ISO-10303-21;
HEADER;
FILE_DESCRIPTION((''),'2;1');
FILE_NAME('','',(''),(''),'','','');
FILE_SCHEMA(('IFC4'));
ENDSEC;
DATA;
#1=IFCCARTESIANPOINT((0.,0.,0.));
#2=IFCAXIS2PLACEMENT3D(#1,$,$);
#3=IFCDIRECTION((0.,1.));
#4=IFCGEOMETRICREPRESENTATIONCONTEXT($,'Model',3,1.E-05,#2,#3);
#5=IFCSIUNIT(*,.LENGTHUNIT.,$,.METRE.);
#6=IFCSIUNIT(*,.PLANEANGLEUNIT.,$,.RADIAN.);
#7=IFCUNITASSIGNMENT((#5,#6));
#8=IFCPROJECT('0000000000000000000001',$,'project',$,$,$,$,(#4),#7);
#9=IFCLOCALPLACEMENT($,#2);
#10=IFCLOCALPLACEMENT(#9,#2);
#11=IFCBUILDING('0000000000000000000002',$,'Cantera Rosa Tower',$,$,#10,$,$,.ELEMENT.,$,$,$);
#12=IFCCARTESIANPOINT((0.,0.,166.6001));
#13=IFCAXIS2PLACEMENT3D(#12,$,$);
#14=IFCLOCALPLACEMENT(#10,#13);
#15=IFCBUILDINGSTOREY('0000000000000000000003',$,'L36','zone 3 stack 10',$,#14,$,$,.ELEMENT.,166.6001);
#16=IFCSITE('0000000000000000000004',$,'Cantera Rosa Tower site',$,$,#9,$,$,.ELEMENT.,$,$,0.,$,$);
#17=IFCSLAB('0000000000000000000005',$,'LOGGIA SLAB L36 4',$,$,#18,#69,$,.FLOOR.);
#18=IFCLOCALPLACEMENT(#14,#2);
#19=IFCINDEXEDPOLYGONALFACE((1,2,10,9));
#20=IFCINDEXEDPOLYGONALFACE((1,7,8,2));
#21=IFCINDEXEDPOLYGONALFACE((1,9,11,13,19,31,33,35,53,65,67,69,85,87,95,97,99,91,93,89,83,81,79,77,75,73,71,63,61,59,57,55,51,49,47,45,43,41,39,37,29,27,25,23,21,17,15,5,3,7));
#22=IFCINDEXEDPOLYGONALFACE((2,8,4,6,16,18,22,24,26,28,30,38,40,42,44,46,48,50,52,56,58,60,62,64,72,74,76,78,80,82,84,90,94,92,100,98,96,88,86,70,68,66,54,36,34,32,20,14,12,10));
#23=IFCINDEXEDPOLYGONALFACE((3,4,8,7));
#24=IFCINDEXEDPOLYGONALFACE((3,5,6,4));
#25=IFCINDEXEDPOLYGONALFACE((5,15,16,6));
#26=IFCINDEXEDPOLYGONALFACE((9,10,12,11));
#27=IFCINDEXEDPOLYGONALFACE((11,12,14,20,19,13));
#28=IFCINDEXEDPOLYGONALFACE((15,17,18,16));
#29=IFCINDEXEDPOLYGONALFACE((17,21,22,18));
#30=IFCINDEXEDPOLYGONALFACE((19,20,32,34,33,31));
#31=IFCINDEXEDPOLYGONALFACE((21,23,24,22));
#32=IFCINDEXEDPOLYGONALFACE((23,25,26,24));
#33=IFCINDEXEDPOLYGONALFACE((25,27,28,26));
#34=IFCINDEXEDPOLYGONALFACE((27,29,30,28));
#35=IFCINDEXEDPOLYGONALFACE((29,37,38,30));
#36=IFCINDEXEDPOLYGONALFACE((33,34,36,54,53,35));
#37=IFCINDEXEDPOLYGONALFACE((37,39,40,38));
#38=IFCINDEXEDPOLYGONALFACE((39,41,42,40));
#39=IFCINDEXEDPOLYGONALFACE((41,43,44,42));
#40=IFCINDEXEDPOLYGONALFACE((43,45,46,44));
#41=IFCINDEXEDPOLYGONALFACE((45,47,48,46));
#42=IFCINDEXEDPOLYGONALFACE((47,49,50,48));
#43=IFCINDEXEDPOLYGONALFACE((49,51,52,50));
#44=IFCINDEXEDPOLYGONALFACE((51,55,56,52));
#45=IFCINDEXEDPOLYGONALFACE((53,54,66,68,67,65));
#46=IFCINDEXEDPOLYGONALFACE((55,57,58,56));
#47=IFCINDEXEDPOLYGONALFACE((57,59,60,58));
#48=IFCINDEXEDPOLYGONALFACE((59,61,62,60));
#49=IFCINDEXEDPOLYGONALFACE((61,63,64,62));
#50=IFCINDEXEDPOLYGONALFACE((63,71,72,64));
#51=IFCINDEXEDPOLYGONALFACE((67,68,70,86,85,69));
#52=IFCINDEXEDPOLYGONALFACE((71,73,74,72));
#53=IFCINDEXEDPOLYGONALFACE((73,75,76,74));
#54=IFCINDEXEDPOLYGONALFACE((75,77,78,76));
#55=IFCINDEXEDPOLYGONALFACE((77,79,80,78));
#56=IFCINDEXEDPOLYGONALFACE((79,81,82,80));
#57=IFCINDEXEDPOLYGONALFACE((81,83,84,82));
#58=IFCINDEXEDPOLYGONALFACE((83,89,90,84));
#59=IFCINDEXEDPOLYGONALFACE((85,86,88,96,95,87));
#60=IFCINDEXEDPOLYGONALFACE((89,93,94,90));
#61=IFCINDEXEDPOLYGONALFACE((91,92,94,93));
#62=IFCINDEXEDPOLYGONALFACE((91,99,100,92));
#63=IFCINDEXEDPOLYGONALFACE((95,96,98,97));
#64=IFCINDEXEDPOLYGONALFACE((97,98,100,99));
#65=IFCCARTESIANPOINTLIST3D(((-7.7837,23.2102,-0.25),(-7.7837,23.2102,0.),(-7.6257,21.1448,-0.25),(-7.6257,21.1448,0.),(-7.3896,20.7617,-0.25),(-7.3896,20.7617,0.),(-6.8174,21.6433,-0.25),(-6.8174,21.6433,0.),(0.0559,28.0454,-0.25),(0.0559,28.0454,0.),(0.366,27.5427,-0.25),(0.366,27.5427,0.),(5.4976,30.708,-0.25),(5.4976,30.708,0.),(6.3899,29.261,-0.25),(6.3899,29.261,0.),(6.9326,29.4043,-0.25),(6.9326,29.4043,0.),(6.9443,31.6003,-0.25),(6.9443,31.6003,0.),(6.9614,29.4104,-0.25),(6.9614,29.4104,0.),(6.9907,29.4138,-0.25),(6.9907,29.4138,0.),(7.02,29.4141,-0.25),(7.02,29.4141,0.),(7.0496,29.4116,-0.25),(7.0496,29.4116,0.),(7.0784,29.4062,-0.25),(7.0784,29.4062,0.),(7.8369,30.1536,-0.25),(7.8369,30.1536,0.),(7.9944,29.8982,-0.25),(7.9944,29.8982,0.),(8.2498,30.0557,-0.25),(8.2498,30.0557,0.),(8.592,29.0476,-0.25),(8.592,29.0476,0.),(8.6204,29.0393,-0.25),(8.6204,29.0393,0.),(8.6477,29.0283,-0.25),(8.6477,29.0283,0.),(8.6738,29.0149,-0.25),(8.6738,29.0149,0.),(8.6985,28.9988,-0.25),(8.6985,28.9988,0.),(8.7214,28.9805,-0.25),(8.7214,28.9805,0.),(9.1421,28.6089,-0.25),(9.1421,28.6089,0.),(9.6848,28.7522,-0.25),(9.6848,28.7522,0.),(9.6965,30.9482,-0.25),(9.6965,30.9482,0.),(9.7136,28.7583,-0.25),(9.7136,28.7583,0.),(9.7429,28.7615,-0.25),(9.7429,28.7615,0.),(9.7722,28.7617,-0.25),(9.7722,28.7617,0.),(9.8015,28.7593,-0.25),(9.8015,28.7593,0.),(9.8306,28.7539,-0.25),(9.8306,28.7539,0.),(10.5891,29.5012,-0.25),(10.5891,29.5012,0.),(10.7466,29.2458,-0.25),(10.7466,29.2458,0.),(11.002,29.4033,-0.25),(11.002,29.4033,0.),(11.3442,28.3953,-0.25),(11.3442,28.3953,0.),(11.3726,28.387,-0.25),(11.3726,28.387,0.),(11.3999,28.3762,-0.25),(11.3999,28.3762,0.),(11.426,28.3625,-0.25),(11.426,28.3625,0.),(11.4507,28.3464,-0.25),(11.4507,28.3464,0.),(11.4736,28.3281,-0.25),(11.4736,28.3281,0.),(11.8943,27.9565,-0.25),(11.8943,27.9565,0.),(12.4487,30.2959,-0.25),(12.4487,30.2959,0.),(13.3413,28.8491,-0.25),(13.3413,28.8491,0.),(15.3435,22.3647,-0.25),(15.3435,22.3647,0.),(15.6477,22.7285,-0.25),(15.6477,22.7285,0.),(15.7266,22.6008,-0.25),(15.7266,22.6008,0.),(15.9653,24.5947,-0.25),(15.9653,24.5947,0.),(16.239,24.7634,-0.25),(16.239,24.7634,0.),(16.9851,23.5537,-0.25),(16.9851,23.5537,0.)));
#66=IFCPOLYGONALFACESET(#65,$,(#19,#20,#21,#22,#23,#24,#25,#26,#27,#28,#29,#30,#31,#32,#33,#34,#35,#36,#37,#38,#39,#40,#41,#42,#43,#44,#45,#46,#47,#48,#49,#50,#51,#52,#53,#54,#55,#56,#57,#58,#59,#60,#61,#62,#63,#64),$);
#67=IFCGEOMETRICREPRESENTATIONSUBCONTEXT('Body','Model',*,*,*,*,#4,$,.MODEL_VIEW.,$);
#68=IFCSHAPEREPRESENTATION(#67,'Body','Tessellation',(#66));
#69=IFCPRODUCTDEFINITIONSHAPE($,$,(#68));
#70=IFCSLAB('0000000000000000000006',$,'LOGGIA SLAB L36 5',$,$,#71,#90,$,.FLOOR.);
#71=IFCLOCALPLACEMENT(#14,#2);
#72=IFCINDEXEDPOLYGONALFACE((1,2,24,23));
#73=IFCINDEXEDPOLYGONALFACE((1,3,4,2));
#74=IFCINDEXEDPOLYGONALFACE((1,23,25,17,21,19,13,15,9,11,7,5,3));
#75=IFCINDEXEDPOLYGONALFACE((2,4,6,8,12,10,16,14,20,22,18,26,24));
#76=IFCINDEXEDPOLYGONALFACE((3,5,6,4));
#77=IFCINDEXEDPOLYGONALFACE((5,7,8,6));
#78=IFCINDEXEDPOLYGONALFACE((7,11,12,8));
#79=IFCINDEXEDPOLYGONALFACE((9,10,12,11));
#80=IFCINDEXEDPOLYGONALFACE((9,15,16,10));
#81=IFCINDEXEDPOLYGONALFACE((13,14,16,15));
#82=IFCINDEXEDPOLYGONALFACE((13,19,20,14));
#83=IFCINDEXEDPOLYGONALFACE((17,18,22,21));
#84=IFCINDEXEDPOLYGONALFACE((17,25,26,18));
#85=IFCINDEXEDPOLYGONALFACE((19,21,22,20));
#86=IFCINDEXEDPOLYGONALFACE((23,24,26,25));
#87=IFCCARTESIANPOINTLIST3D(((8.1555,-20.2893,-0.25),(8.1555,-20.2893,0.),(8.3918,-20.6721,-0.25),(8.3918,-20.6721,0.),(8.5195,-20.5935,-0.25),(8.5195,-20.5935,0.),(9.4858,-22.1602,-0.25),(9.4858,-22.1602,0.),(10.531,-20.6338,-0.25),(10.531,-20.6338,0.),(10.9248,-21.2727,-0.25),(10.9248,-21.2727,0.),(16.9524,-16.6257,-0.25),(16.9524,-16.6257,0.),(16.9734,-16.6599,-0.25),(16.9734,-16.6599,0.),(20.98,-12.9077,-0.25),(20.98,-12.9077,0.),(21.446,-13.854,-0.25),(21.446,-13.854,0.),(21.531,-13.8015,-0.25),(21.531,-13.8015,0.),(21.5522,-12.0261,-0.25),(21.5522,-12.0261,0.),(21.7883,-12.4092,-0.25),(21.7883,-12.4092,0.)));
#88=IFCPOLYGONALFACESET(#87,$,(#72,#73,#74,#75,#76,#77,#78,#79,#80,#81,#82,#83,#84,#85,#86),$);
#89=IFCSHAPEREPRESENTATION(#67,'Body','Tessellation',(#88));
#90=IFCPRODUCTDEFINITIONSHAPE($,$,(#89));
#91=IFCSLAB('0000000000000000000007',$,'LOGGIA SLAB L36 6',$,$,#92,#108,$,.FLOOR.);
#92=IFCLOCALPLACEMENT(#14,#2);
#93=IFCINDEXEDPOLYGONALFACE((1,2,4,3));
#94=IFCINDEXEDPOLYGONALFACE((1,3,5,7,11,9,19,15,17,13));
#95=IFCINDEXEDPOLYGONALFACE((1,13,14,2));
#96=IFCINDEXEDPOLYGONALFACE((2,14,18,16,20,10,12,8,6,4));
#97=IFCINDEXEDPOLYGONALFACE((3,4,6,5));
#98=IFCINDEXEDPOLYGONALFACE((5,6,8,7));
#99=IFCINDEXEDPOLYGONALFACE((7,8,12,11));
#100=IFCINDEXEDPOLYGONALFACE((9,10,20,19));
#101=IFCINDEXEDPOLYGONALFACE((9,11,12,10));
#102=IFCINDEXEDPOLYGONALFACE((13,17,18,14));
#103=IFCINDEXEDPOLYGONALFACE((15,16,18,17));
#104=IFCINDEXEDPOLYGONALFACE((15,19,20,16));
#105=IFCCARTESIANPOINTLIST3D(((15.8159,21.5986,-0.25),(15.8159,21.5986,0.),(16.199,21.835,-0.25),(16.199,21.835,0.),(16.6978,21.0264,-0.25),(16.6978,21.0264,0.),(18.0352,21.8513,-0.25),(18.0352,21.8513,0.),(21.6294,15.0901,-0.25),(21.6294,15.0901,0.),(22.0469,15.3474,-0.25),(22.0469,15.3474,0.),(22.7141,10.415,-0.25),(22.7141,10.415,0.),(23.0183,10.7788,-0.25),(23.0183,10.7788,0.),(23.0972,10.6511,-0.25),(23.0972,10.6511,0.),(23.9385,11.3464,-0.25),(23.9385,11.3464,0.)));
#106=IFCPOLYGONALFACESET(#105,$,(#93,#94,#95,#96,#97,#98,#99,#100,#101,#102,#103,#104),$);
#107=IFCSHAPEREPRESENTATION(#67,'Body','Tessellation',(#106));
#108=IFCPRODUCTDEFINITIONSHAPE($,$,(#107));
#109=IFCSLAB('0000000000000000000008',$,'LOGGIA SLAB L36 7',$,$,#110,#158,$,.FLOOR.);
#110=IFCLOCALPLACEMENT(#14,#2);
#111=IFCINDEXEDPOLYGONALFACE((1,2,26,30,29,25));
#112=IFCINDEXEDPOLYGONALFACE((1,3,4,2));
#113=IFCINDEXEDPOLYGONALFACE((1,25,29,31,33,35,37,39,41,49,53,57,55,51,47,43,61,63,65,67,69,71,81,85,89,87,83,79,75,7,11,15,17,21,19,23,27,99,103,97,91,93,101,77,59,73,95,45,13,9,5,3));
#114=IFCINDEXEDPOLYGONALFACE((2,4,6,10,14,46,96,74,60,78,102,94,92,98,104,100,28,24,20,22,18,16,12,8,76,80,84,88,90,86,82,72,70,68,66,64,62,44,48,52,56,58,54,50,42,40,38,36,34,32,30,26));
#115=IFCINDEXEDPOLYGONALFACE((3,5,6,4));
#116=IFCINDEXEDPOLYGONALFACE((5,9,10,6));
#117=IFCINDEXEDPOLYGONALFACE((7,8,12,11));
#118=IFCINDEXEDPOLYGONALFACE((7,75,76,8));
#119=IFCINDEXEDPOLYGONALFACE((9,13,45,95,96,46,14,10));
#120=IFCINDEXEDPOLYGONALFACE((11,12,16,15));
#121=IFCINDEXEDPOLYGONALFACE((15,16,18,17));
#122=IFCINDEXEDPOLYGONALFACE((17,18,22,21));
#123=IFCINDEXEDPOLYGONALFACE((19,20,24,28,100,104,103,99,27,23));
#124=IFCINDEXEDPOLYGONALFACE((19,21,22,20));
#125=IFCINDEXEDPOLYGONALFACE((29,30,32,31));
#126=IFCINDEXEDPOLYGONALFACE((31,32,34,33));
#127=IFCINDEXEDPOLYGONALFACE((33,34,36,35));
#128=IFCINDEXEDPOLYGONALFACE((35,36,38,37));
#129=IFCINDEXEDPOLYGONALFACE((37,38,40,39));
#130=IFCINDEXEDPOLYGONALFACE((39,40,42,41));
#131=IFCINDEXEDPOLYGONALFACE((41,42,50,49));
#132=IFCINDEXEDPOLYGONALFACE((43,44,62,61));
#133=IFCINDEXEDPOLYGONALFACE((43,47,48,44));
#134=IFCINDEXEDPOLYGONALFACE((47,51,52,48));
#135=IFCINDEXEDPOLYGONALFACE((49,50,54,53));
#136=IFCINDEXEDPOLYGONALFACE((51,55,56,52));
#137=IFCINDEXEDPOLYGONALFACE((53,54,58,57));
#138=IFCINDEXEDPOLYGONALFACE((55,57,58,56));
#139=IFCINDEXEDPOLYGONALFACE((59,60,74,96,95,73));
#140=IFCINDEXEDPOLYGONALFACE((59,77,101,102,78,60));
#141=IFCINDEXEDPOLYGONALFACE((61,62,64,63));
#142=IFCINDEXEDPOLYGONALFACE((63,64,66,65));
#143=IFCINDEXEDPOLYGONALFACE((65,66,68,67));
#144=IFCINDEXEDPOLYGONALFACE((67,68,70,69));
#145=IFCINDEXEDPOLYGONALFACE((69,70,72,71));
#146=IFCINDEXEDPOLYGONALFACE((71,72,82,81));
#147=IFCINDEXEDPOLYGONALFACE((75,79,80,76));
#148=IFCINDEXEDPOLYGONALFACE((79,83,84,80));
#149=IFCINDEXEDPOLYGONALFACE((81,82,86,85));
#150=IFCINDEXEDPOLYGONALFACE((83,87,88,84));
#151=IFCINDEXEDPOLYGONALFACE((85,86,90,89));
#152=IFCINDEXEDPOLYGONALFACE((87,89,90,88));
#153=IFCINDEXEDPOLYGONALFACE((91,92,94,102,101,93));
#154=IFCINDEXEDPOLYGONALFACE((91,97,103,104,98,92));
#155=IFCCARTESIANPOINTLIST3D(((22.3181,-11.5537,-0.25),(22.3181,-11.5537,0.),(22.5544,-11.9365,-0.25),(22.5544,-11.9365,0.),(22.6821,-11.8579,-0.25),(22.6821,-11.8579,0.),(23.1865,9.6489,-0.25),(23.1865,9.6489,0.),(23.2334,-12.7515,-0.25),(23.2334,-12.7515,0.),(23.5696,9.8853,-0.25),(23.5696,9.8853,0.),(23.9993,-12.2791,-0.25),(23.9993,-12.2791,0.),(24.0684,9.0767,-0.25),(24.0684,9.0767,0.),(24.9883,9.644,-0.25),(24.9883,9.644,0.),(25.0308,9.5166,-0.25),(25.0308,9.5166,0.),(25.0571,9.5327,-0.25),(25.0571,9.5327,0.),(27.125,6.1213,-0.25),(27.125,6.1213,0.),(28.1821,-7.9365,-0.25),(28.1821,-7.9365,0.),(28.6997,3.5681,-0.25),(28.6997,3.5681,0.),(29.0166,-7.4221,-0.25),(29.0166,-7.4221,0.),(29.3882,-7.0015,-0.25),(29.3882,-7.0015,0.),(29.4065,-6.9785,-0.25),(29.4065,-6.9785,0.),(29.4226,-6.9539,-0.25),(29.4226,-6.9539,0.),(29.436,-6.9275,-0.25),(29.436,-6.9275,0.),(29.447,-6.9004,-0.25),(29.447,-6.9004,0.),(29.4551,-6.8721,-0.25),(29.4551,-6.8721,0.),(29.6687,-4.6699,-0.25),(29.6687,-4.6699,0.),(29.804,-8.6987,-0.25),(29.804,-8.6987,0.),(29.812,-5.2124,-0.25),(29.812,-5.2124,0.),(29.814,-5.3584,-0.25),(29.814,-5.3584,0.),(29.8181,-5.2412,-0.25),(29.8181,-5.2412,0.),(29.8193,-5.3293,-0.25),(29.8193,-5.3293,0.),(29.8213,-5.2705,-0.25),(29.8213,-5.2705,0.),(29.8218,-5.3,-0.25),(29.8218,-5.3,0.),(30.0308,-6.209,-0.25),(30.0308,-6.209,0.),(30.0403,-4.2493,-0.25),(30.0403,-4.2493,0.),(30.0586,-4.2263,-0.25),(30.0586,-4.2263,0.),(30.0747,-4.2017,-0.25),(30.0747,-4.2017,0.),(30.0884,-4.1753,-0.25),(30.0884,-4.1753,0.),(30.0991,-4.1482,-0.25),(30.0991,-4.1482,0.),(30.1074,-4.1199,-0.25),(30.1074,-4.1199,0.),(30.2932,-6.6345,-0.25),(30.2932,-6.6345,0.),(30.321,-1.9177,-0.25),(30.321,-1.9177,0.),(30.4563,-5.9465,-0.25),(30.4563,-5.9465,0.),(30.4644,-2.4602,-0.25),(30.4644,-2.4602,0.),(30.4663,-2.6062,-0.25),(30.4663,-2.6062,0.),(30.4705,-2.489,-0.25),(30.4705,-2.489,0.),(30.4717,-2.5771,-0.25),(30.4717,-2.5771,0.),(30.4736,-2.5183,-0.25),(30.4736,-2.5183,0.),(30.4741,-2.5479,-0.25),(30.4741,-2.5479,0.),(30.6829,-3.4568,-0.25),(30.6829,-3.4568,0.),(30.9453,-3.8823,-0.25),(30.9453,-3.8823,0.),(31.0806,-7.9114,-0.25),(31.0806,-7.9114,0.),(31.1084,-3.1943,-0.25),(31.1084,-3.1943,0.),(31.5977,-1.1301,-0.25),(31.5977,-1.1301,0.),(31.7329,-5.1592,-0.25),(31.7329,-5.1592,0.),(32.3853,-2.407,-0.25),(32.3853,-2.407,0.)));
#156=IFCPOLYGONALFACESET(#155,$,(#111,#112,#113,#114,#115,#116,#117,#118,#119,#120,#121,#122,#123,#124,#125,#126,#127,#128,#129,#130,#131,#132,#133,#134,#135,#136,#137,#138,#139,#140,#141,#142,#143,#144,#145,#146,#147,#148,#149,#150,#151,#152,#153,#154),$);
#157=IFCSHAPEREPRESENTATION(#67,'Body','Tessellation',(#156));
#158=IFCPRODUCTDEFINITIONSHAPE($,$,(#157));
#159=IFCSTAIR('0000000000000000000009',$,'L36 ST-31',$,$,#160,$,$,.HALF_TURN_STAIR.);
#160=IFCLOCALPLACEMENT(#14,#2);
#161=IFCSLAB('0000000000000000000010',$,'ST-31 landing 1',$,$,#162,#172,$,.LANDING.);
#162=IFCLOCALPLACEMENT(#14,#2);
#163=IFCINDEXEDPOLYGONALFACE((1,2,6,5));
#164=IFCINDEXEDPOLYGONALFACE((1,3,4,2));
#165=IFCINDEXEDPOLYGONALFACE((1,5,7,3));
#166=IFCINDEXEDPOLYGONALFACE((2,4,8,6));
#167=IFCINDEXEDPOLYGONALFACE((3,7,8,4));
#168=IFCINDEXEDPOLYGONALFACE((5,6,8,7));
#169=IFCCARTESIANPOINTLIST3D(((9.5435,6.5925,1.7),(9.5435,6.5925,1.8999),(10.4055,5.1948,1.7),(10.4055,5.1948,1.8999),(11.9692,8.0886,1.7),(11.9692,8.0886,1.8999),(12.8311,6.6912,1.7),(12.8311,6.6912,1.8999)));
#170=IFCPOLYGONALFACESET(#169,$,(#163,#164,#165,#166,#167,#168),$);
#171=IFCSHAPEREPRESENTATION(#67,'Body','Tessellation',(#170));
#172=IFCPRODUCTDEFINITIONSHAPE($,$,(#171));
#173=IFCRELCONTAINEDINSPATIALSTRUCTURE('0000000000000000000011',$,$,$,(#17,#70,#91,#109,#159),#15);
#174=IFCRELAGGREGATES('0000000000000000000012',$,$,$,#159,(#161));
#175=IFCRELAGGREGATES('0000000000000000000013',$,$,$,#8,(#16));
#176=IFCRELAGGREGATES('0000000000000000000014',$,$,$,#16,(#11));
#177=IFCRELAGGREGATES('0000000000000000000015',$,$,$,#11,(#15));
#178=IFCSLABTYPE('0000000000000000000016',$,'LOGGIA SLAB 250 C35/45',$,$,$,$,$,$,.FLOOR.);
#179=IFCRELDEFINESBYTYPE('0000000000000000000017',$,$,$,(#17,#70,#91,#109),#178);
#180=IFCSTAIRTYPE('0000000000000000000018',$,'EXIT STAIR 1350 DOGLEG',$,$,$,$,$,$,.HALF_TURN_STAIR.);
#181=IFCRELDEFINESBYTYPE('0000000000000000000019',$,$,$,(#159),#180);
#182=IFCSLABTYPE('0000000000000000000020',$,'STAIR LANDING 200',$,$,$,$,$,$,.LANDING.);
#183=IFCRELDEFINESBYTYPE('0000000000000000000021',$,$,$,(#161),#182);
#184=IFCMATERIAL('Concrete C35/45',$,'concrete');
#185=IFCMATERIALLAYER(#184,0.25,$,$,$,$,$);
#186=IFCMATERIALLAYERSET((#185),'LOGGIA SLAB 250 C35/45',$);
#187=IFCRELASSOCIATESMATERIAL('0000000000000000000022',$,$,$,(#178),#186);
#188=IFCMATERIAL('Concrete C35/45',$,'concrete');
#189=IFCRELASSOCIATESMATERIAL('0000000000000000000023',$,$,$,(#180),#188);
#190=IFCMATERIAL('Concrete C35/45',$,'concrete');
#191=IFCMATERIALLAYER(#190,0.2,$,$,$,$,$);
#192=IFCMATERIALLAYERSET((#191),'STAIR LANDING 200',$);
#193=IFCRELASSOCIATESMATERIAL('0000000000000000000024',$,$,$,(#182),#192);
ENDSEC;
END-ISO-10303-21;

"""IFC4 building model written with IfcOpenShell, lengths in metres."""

from ifc_helpers import new_model, si_unit, direction, frame, origin, place, context, subcontext, project, spatial, polyline, outline, extrude, material, layer, layer_set, type_object, element, aggregate, save


model = new_model("IFC4")

# Units and contexts
model_context = context("Model", 3, precision=1e-05, world=origin(), true_north=direction((0.0, 1.0)))
body_context = subcontext(model_context, "Body", "Model", "MODEL_VIEW")
ifc_project = project(units=[si_unit("LENGTHUNIT", "METRE"), si_unit("PLANEANGLEUNIT", "RADIAN")], contexts=[model_context])

# Site, building, storey
site_placement = place(None, origin())
site = spatial("IfcSite", under=ifc_project, at=site_placement, Name="Cantera Rosa Tower site", CompositionType="ELEMENT", RefElevation=0.0)
building_placement = place(site_placement, origin())
building = spatial("IfcBuilding", under=site, at=building_placement, Name="Cantera Rosa Tower", CompositionType="ELEMENT")
storey_placement = place(building_placement, frame((0.0, 0.0, 166.6001)))
storey = spatial("IfcBuildingStorey", under=building, at=storey_placement, Name="L36", Description="zone 3 stack 10", CompositionType="ELEMENT", Elevation=166.6001)

# Slabs
ifc_material_1 = material(Name="Concrete C35/45", Category="concrete")
ifc_layer_1 = layer(ifc_material_1, 0.25)
ifc_layer_set_1 = layer_set([ifc_layer_1], Name="LOGGIA SLAB 250 C35/45")
slab_type_1 = type_object("IfcSlabType", Name="LOGGIA SLAB 250 C35/45", PredefinedType="FLOOR", material=ifc_layer_set_1)
slab_1_placement = place(storey_placement, frame((0.0, 0.0, -0.25)))
element("IfcSlab", 1, at=slab_1_placement, inside=storey, type_object=slab_type_1, Name="LOGGIA SLAB L36 4", PredefinedType="FLOOR", context=body_context, shape_type="SweptSolid", body=[
    extrude(outline(polyline([(5.4976, 30.708), (6.9443, 31.6003), (7.8369, 30.1536), (7.9944, 29.8982), (8.2498, 30.0557), (9.6965, 30.9482), (10.5891, 29.5012), (10.7466, 29.2458), (11.002, 29.4033), (12.4487, 30.2959), (13.3413, 28.8491), (15.9653, 24.5947), (16.239, 24.7634), (16.9851, 23.5537), (15.6477, 22.7285), (15.7266, 22.6008), (15.3435, 22.3647), (11.8943, 27.9565), (11.4736, 28.3281), (11.4507, 28.3464), (11.426, 28.3625), (11.3999, 28.3762), (11.3726, 28.387), (11.3442, 28.3953), (9.8306, 28.7539), (9.8015, 28.7593), (9.7722, 28.7617), (9.7429, 28.7615), (9.7136, 28.7583), (9.6848, 28.7522), (9.1421, 28.6089), (8.7214, 28.9805), (8.6985, 28.9988), (8.6738, 29.0149), (8.6477, 29.0283), (8.6204, 29.0393), (8.592, 29.0476), (7.0784, 29.4062), (7.0496, 29.4116), (7.02, 29.4141), (6.9907, 29.4138), (6.9614, 29.4104), (6.9326, 29.4043), (6.3899, 29.261), (-7.3896, 20.7617), (-7.6257, 21.1448), (-6.8174, 21.6433), (-7.7837, 23.2102), (0.0559, 28.0454), (0.366, 27.5427), (5.4976, 30.708)])), origin(), (0.0, 0.0, 1.0), 0.25),
])
slab_2_placement = place(storey_placement, frame((0.0, 0.0, -0.25)))
element("IfcSlab", 2, at=slab_2_placement, inside=storey, type_object=slab_type_1, Name="LOGGIA SLAB L36 5", PredefinedType="FLOOR", context=body_context, shape_type="SweptSolid", body=[
    extrude(outline(polyline([(8.5195, -20.5935), (8.3918, -20.6721), (8.1555, -20.2893), (21.5522, -12.0261), (21.7883, -12.4092), (20.98, -12.9077), (21.531, -13.8015), (21.446, -13.854), (16.9524, -16.6257), (16.9734, -16.6599), (10.531, -20.6338), (10.9248, -21.2727), (9.4858, -22.1602), (8.5195, -20.5935)])), origin(), (0.0, 0.0, 1.0), 0.25),
])
slab_3_placement = place(storey_placement, frame((0.0, 0.0, -0.25)))
element("IfcSlab", 3, at=slab_3_placement, inside=storey, type_object=slab_type_1, Name="LOGGIA SLAB L36 6", PredefinedType="FLOOR", context=body_context, shape_type="SweptSolid", body=[
    extrude(outline(polyline([(23.9385, 11.3464), (23.0183, 10.7788), (23.0972, 10.6511), (22.7141, 10.415), (15.8159, 21.5986), (16.199, 21.835), (16.6978, 21.0264), (18.0352, 21.8513), (22.0469, 15.3474), (21.6294, 15.0901), (23.9385, 11.3464)])), origin(), (0.0, 0.0, 1.0), 0.25),
])
slab_4_placement = place(storey_placement, frame((0.0, 0.0, -0.25)))
element("IfcSlab", 4, at=slab_4_placement, inside=storey, type_object=slab_type_1, Name="LOGGIA SLAB L36 7", PredefinedType="FLOOR", context=body_context, shape_type="SweptSolid", body=[
    extrude(outline(polyline([(27.125, 6.1213), (28.6997, 3.5681), (31.5977, -1.1301), (32.3853, -2.407), (31.1084, -3.1943), (30.6829, -3.4568), (30.9453, -3.8823), (31.7329, -5.1592), (30.4563, -5.9465), (30.0308, -6.209), (30.2932, -6.6345), (31.0806, -7.9114), (29.804, -8.6987), (23.9993, -12.2791), (23.2334, -12.7515), (22.6821, -11.8579), (22.5544, -11.9365), (22.3181, -11.5537), (28.1821, -7.9365), (29.0166, -7.4221), (29.3882, -7.0015), (29.4065, -6.9785), (29.4226, -6.9539), (29.436, -6.9275), (29.447, -6.9004), (29.4551, -6.8721), (29.814, -5.3584), (29.8193, -5.3293), (29.8218, -5.3), (29.8213, -5.2705), (29.8181, -5.2412), (29.812, -5.2124), (29.6687, -4.6699), (30.0403, -4.2493), (30.0586, -4.2263), (30.0747, -4.2017), (30.0884, -4.1753), (30.0991, -4.1482), (30.1074, -4.1199), (30.4663, -2.6062), (30.4717, -2.5771), (30.4741, -2.5479), (30.4736, -2.5183), (30.4705, -2.489), (30.4644, -2.4602), (30.321, -1.9177), (23.1865, 9.6489), (23.5696, 9.8853), (24.0684, 9.0767), (24.9883, 9.644), (25.0571, 9.5327), (25.0308, 9.5166), (27.125, 6.1213)])), origin(), (0.0, 0.0, 1.0), 0.25),
])

# Stair, slab
ifc_material_2 = material(Name="Concrete C35/45", Category="concrete")
stair_type = type_object("IfcStairType", Name="EXIT STAIR 1350 DOGLEG", PredefinedType="HALF_TURN_STAIR", material=ifc_material_2)
stair_placement = place(storey_placement, origin())
stair = element("IfcStair", 5, at=stair_placement, inside=storey, type_object=stair_type, Name="L36 ST-31", PredefinedType="HALF_TURN_STAIR")
ifc_material_3 = material(Name="Concrete C35/45", Category="concrete")
ifc_layer_2 = layer(ifc_material_3, 0.2)
ifc_layer_set_2 = layer_set([ifc_layer_2], Name="STAIR LANDING 200")
slab_type_2 = type_object("IfcSlabType", Name="STAIR LANDING 200", PredefinedType="LANDING", material=ifc_layer_set_2)
slab_5_placement = place(storey_placement, frame((0.0, 0.0, 1.7)))
slab_5 = element("IfcSlab", 6, at=slab_5_placement, type_object=slab_type_2, Name="ST-31 landing 1", PredefinedType="LANDING", context=body_context, shape_type="SweptSolid", body=[
    extrude(outline(polyline([(12.8311, 6.6912), (11.9692, 8.0886), (9.5435, 6.5925), (10.4055, 5.1948), (12.8311, 6.6912)])), origin(), (0.0, 0.0, 1.0), 0.2),
])
aggregate(stair, [slab_5])

save(model, "model.ifc")
